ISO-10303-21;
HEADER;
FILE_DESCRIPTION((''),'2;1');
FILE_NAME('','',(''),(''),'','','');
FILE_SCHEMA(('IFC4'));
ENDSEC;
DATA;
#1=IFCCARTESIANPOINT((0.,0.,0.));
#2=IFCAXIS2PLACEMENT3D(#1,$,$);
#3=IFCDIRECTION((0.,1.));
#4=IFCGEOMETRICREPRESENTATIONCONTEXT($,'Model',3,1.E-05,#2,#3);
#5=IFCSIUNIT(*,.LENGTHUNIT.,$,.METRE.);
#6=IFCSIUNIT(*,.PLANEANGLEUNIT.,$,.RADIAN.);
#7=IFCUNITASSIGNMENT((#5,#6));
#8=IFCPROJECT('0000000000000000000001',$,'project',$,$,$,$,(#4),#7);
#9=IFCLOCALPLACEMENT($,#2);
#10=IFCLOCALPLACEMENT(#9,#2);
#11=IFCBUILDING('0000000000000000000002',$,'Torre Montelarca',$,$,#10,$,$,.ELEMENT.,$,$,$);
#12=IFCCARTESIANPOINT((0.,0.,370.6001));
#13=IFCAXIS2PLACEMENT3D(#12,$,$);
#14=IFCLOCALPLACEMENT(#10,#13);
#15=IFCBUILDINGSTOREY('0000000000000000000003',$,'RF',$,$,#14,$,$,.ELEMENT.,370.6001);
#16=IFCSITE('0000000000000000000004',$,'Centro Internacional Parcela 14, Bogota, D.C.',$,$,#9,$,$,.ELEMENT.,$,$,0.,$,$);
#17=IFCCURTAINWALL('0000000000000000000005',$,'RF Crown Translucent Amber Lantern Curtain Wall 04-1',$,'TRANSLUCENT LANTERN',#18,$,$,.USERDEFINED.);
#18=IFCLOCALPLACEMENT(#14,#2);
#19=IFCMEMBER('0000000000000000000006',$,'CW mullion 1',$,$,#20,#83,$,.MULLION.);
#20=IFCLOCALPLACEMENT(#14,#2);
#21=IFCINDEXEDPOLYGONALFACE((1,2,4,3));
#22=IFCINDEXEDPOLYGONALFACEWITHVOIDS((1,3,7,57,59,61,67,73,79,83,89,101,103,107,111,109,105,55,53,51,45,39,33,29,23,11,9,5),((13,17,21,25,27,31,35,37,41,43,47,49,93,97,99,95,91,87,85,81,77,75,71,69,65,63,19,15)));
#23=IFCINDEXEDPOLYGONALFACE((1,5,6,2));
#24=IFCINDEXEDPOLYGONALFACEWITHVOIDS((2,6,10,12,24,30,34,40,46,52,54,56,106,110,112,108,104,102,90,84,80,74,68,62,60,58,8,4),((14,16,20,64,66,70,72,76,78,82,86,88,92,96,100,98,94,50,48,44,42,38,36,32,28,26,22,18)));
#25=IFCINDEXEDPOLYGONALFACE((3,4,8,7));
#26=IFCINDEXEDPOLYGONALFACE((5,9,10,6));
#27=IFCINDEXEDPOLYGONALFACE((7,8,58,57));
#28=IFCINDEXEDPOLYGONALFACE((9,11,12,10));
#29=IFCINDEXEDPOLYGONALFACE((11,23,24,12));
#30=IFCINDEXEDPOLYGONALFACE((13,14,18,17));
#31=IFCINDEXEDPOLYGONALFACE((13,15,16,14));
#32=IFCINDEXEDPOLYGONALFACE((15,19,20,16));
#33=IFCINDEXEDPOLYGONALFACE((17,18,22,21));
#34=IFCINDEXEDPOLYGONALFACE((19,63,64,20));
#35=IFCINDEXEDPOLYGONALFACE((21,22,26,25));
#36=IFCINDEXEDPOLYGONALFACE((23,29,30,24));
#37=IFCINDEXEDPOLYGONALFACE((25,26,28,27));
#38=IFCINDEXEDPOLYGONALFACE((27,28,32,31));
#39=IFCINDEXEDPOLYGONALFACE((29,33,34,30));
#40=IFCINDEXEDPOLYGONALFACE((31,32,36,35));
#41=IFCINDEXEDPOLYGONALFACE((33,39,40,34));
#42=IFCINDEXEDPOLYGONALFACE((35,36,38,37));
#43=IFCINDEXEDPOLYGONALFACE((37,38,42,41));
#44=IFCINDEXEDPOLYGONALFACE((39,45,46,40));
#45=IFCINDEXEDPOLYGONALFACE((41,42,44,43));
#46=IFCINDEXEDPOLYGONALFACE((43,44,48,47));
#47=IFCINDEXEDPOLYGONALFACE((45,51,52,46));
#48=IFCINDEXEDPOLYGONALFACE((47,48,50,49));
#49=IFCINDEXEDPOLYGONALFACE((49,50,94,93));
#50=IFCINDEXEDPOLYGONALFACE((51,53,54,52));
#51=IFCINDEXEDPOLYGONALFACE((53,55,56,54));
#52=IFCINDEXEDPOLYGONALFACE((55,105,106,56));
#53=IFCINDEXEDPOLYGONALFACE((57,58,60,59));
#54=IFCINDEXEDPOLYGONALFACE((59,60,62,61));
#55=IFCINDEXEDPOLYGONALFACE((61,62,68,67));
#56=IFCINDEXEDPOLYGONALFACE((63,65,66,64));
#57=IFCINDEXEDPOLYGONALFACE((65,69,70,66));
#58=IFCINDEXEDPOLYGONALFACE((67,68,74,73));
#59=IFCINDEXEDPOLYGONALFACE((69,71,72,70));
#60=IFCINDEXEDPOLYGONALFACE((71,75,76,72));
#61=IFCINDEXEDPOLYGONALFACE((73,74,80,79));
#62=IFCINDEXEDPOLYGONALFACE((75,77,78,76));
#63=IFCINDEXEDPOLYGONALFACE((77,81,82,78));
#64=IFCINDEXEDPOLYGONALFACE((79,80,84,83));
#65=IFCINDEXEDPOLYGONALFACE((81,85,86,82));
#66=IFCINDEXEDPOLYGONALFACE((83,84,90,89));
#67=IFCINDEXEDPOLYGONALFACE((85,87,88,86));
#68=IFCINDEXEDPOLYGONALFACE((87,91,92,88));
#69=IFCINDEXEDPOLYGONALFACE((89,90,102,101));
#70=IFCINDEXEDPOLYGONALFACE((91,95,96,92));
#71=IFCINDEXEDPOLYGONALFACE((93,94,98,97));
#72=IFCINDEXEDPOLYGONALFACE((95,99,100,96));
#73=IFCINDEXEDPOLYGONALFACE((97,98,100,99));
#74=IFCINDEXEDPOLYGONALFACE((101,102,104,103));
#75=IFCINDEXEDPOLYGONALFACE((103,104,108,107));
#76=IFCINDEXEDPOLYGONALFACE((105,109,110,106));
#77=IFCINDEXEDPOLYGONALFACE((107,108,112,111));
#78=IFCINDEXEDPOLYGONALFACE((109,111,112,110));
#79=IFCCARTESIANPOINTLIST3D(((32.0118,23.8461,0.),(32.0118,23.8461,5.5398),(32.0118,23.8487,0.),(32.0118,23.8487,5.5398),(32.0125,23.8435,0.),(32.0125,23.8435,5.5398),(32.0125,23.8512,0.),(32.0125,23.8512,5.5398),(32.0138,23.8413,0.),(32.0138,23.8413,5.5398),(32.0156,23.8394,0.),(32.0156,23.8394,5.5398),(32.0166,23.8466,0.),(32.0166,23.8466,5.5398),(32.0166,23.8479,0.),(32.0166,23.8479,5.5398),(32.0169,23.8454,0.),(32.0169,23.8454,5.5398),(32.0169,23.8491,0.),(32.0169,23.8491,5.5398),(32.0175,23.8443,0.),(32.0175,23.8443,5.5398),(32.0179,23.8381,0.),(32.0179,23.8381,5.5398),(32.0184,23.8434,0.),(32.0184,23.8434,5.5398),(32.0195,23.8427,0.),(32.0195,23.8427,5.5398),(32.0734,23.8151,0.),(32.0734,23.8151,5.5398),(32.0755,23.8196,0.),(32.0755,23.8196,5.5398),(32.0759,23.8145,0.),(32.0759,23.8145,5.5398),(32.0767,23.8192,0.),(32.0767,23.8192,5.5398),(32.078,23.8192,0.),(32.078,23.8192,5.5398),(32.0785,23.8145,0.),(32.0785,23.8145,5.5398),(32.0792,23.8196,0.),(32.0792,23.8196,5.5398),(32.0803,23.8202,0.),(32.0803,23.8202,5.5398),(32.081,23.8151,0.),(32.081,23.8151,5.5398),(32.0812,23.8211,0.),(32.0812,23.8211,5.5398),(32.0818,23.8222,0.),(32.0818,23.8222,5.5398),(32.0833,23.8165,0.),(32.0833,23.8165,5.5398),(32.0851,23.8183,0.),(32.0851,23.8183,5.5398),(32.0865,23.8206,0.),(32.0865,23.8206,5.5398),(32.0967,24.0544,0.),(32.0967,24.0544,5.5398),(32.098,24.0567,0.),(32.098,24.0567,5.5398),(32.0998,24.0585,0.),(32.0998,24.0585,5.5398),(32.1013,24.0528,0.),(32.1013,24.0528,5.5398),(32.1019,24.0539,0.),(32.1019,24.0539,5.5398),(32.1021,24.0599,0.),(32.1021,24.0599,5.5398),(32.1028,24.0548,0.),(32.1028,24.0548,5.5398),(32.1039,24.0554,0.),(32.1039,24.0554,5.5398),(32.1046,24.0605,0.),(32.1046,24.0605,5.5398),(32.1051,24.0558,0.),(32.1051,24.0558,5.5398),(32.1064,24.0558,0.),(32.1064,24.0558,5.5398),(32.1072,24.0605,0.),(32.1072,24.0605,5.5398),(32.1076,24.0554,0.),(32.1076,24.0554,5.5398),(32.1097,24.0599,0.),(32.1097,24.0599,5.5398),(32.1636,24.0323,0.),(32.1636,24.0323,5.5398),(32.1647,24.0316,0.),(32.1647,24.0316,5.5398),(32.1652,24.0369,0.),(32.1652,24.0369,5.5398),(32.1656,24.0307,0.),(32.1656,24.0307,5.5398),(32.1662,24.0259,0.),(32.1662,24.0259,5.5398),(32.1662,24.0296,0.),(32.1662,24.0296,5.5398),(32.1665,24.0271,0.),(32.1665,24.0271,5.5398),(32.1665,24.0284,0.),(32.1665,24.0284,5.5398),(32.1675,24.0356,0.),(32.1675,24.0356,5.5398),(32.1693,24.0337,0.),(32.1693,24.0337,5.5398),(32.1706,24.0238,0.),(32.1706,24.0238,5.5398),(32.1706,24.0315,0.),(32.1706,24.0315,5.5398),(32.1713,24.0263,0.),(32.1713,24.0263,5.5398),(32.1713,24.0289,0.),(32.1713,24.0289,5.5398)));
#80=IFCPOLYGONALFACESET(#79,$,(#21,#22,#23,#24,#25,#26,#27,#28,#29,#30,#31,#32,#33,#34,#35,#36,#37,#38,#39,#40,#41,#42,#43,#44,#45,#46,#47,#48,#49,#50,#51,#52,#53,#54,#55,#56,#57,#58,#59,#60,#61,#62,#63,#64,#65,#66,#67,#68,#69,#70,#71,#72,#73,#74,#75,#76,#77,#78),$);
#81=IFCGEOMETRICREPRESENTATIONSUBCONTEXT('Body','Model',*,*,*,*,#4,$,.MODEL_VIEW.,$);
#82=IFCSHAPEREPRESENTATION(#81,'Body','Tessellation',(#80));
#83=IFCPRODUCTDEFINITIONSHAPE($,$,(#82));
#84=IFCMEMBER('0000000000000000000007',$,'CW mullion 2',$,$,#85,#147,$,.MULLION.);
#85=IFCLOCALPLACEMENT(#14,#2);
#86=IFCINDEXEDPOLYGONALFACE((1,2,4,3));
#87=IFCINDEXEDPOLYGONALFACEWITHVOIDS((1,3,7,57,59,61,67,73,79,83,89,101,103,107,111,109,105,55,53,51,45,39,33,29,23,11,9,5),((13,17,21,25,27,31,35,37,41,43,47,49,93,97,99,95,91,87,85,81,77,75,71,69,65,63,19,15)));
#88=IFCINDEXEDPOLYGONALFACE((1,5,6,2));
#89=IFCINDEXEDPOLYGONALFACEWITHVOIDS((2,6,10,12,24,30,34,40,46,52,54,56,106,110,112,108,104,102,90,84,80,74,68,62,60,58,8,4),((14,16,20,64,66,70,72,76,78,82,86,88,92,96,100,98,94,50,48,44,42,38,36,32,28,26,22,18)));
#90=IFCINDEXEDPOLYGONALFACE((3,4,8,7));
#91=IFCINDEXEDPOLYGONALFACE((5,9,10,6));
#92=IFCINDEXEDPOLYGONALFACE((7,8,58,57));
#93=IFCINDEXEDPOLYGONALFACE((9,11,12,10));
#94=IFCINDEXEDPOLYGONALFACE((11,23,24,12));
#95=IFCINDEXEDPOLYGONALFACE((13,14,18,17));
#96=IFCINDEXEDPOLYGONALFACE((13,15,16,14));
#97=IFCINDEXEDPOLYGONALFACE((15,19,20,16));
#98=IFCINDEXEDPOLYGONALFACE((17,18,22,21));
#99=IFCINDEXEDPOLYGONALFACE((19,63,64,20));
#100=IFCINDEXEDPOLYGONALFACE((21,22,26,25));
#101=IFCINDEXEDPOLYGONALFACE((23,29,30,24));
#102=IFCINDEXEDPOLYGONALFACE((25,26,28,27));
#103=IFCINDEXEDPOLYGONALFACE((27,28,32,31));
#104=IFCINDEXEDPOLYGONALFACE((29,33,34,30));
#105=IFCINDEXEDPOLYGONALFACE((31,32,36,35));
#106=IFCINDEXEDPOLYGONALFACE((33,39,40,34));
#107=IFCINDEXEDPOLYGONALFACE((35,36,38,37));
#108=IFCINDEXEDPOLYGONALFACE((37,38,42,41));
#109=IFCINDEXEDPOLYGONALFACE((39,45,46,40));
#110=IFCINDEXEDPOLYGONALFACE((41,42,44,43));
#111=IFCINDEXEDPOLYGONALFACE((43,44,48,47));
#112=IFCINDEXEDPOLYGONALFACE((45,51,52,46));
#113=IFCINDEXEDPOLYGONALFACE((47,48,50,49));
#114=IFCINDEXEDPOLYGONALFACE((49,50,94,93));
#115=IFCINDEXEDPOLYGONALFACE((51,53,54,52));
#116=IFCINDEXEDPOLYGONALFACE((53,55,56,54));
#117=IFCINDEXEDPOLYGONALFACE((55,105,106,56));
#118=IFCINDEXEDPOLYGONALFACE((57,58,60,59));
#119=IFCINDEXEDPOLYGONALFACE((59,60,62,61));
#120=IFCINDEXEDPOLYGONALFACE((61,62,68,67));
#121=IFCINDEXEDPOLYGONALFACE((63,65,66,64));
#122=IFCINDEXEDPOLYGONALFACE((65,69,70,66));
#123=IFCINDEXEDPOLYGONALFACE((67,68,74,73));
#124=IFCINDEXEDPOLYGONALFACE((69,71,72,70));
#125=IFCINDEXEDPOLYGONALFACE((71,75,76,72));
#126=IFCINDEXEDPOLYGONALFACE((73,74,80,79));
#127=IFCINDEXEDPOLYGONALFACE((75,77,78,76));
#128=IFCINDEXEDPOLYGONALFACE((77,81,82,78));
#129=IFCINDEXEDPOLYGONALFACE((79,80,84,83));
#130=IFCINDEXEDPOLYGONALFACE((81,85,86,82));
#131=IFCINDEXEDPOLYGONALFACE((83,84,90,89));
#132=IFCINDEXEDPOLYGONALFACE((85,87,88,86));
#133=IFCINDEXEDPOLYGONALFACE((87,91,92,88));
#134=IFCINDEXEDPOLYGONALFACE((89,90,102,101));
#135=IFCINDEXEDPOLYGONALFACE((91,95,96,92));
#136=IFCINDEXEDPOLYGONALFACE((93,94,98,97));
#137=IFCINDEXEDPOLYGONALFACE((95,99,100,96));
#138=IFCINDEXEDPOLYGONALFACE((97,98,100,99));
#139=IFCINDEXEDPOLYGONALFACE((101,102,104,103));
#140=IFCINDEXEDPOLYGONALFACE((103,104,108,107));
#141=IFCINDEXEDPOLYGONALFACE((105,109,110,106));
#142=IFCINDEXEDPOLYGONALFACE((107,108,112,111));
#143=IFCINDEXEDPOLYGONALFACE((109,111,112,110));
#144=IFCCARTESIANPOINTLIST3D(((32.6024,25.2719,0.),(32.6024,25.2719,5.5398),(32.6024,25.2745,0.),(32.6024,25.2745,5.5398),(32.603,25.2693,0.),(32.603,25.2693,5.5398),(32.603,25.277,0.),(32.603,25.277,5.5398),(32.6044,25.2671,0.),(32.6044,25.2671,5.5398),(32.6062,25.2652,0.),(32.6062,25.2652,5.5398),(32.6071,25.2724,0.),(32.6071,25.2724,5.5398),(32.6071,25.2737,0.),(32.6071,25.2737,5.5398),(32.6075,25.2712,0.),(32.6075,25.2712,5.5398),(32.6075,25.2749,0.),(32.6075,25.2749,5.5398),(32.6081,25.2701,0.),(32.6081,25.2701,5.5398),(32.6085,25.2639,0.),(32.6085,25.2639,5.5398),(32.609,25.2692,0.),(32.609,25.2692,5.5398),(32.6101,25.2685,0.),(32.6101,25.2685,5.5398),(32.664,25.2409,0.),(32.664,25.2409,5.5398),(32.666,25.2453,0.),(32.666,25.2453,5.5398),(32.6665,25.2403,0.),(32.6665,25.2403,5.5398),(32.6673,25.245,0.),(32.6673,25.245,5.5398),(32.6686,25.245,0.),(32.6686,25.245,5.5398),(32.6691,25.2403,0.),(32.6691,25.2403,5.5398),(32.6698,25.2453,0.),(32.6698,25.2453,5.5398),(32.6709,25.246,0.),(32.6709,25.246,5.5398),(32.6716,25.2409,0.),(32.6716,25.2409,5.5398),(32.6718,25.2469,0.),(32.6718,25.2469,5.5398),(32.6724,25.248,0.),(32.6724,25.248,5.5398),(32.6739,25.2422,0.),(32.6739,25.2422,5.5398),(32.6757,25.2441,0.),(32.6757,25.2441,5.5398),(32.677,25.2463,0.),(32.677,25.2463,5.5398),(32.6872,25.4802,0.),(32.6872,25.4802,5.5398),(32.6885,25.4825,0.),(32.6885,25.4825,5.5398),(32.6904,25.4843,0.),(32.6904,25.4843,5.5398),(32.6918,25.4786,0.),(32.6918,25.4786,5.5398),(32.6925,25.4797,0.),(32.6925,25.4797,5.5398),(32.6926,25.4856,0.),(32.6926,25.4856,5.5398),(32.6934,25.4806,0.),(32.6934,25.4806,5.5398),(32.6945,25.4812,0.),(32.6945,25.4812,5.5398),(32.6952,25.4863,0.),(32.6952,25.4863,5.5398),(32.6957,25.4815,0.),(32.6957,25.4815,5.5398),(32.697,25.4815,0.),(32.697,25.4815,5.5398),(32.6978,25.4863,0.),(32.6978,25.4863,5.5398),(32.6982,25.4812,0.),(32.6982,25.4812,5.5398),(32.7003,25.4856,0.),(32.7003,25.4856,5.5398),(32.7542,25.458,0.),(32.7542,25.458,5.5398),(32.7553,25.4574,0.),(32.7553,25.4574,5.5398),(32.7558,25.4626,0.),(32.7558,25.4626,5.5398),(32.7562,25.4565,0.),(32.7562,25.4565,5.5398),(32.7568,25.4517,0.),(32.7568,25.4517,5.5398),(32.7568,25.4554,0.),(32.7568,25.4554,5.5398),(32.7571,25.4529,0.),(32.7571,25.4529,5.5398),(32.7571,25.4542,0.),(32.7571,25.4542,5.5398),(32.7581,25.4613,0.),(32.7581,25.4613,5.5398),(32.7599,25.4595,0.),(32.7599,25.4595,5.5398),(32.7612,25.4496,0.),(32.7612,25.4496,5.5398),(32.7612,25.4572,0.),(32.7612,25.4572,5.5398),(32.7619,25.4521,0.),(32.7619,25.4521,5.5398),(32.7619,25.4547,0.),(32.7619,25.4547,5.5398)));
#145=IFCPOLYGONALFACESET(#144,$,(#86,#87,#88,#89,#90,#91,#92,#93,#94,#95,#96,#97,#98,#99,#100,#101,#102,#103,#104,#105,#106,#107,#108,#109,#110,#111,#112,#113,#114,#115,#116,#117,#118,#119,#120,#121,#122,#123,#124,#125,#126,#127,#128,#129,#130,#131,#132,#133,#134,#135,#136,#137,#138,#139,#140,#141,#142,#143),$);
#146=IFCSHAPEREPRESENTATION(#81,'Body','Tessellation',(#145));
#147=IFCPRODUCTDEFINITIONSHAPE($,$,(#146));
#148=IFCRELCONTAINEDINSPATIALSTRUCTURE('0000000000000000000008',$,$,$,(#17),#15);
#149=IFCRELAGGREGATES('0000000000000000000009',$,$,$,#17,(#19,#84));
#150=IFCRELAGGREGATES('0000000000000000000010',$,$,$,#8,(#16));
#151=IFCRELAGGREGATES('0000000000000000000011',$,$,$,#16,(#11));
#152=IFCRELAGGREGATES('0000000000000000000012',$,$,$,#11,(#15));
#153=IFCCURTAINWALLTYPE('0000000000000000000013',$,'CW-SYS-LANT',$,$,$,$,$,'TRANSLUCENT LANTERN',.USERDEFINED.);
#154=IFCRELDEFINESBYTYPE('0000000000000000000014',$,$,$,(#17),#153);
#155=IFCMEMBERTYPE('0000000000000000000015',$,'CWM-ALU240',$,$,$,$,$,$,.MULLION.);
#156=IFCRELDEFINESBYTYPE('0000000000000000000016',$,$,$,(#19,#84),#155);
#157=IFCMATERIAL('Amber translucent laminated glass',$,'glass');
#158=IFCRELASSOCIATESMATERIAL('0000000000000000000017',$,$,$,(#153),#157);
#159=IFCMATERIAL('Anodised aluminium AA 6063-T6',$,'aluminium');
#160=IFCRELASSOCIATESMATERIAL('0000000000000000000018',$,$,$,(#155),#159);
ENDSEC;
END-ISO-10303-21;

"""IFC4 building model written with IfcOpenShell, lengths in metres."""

from ifc_helpers import new_model, si_unit, direction, frame, origin, origin_2d, place, context, subcontext, project, spatial, hollow_rectangle, extrude, source, transform, mapped, material, material_profile, profile_set, type_object, element, aggregate, save


model = new_model("IFC4")

# Units and contexts
model_context = context("Model", 3, precision=1e-05, world=origin(), true_north=direction((0.0, 1.0)))
body_context = subcontext(model_context, "Body", "Model", "MODEL_VIEW")
ifc_project = project(units=[si_unit("LENGTHUNIT", "METRE"), si_unit("PLANEANGLEUNIT", "RADIAN")], contexts=[model_context])

# Site, building, storey
site_placement = place(None, origin())
site = spatial("IfcSite", under=ifc_project, at=site_placement, Name="Centro Internacional Parcela 14, Bogota, D.C.", CompositionType="ELEMENT", RefElevation=0.0)
building_placement = place(site_placement, origin())
building = spatial("IfcBuilding", under=site, at=building_placement, Name="Torre Montelarca", CompositionType="ELEMENT")
storey_placement = place(building_placement, frame((0.0, 0.0, 370.6001)))
storey = spatial("IfcBuildingStorey", under=building, at=storey_placement, Name="RF", CompositionType="ELEMENT", Elevation=370.6001)

# Curtain wall, members
ifc_material_1 = material(Name="Amber translucent laminated glass", Category="glass")
curtain_wall_type = type_object("IfcCurtainWallType", Name="CW-SYS-LANT", ElementType="TRANSLUCENT LANTERN", PredefinedType="USERDEFINED", material=ifc_material_1)
ifc_material_2 = material(Name="Anodised aluminium AA 6063-T6", Category="aluminium")
ifc_material_profile_1 = material_profile(ifc_material_2, hollow_rectangle(XDim=0.0801, YDim=0.24, WallThickness=0.0049, InnerFilletRadius=0.0049, OuterFilletRadius=0.01, at=origin_2d()), Name="ALU80X240X5", Category="aluminium")
ifc_profile_set_1 = profile_set([ifc_material_profile_1], Name="Anodised aluminium AA 6063-T6")
member_type_1 = type_object("IfcMemberType", Name="CWM-ALU240", PredefinedType="MULLION", material=ifc_profile_set_1)
shared_shape_1 = source(origin(), body_context, "Body", "SweptSolid", [
    extrude(hollow_rectangle(XDim=0.0801, YDim=0.24, WallThickness=0.0049, InnerFilletRadius=0.0049, OuterFilletRadius=0.01, at=origin_2d()), origin(), (0.0, 0.0, 1.0), 5.5398),
])
curtain_wall_1_placement = place(storey_placement, origin())
curtain_wall_1 = element("IfcCurtainWall", 1, at=curtain_wall_1_placement, inside=storey, type_object=curtain_wall_type, Name="RF Crown Translucent Amber Lantern Curtain Wall 04-1", ObjectType="TRANSLUCENT LANTERN", PredefinedType="USERDEFINED")
member_1_placement = place(storey_placement, frame((32.0916, 23.9375, 0.0), z_axis=(0.0, 0.0, 1.0), x_axis=(-0.923876, 0.382692, 0.0)))
member_1 = element("IfcMember", 2, at=member_1_placement, type_object=member_type_1, Name="CW mullion 1", PredefinedType="MULLION", context=body_context, shape_type="MappedRepresentation", body=[
    mapped(shared_shape_1, transform((0.0, 0.0, 0.0), scale=1.0)),
])
member_2_placement = place(storey_placement, frame((32.6821, 25.3633, 0.0), z_axis=(0.0, 0.0, 1.0), x_axis=(-0.923876, 0.382692, 0.0)))
member_2 = element("IfcMember", 3, at=member_2_placement, type_object=member_type_1, Name="CW mullion 2", PredefinedType="MULLION", context=body_context, shape_type="MappedRepresentation", body=[
    mapped(shared_shape_1, transform((0.0, 0.0, 0.0), scale=1.0)),
])

aggregate(curtain_wall_1, [member_1, member_2])

save(model, "model.ifc")
